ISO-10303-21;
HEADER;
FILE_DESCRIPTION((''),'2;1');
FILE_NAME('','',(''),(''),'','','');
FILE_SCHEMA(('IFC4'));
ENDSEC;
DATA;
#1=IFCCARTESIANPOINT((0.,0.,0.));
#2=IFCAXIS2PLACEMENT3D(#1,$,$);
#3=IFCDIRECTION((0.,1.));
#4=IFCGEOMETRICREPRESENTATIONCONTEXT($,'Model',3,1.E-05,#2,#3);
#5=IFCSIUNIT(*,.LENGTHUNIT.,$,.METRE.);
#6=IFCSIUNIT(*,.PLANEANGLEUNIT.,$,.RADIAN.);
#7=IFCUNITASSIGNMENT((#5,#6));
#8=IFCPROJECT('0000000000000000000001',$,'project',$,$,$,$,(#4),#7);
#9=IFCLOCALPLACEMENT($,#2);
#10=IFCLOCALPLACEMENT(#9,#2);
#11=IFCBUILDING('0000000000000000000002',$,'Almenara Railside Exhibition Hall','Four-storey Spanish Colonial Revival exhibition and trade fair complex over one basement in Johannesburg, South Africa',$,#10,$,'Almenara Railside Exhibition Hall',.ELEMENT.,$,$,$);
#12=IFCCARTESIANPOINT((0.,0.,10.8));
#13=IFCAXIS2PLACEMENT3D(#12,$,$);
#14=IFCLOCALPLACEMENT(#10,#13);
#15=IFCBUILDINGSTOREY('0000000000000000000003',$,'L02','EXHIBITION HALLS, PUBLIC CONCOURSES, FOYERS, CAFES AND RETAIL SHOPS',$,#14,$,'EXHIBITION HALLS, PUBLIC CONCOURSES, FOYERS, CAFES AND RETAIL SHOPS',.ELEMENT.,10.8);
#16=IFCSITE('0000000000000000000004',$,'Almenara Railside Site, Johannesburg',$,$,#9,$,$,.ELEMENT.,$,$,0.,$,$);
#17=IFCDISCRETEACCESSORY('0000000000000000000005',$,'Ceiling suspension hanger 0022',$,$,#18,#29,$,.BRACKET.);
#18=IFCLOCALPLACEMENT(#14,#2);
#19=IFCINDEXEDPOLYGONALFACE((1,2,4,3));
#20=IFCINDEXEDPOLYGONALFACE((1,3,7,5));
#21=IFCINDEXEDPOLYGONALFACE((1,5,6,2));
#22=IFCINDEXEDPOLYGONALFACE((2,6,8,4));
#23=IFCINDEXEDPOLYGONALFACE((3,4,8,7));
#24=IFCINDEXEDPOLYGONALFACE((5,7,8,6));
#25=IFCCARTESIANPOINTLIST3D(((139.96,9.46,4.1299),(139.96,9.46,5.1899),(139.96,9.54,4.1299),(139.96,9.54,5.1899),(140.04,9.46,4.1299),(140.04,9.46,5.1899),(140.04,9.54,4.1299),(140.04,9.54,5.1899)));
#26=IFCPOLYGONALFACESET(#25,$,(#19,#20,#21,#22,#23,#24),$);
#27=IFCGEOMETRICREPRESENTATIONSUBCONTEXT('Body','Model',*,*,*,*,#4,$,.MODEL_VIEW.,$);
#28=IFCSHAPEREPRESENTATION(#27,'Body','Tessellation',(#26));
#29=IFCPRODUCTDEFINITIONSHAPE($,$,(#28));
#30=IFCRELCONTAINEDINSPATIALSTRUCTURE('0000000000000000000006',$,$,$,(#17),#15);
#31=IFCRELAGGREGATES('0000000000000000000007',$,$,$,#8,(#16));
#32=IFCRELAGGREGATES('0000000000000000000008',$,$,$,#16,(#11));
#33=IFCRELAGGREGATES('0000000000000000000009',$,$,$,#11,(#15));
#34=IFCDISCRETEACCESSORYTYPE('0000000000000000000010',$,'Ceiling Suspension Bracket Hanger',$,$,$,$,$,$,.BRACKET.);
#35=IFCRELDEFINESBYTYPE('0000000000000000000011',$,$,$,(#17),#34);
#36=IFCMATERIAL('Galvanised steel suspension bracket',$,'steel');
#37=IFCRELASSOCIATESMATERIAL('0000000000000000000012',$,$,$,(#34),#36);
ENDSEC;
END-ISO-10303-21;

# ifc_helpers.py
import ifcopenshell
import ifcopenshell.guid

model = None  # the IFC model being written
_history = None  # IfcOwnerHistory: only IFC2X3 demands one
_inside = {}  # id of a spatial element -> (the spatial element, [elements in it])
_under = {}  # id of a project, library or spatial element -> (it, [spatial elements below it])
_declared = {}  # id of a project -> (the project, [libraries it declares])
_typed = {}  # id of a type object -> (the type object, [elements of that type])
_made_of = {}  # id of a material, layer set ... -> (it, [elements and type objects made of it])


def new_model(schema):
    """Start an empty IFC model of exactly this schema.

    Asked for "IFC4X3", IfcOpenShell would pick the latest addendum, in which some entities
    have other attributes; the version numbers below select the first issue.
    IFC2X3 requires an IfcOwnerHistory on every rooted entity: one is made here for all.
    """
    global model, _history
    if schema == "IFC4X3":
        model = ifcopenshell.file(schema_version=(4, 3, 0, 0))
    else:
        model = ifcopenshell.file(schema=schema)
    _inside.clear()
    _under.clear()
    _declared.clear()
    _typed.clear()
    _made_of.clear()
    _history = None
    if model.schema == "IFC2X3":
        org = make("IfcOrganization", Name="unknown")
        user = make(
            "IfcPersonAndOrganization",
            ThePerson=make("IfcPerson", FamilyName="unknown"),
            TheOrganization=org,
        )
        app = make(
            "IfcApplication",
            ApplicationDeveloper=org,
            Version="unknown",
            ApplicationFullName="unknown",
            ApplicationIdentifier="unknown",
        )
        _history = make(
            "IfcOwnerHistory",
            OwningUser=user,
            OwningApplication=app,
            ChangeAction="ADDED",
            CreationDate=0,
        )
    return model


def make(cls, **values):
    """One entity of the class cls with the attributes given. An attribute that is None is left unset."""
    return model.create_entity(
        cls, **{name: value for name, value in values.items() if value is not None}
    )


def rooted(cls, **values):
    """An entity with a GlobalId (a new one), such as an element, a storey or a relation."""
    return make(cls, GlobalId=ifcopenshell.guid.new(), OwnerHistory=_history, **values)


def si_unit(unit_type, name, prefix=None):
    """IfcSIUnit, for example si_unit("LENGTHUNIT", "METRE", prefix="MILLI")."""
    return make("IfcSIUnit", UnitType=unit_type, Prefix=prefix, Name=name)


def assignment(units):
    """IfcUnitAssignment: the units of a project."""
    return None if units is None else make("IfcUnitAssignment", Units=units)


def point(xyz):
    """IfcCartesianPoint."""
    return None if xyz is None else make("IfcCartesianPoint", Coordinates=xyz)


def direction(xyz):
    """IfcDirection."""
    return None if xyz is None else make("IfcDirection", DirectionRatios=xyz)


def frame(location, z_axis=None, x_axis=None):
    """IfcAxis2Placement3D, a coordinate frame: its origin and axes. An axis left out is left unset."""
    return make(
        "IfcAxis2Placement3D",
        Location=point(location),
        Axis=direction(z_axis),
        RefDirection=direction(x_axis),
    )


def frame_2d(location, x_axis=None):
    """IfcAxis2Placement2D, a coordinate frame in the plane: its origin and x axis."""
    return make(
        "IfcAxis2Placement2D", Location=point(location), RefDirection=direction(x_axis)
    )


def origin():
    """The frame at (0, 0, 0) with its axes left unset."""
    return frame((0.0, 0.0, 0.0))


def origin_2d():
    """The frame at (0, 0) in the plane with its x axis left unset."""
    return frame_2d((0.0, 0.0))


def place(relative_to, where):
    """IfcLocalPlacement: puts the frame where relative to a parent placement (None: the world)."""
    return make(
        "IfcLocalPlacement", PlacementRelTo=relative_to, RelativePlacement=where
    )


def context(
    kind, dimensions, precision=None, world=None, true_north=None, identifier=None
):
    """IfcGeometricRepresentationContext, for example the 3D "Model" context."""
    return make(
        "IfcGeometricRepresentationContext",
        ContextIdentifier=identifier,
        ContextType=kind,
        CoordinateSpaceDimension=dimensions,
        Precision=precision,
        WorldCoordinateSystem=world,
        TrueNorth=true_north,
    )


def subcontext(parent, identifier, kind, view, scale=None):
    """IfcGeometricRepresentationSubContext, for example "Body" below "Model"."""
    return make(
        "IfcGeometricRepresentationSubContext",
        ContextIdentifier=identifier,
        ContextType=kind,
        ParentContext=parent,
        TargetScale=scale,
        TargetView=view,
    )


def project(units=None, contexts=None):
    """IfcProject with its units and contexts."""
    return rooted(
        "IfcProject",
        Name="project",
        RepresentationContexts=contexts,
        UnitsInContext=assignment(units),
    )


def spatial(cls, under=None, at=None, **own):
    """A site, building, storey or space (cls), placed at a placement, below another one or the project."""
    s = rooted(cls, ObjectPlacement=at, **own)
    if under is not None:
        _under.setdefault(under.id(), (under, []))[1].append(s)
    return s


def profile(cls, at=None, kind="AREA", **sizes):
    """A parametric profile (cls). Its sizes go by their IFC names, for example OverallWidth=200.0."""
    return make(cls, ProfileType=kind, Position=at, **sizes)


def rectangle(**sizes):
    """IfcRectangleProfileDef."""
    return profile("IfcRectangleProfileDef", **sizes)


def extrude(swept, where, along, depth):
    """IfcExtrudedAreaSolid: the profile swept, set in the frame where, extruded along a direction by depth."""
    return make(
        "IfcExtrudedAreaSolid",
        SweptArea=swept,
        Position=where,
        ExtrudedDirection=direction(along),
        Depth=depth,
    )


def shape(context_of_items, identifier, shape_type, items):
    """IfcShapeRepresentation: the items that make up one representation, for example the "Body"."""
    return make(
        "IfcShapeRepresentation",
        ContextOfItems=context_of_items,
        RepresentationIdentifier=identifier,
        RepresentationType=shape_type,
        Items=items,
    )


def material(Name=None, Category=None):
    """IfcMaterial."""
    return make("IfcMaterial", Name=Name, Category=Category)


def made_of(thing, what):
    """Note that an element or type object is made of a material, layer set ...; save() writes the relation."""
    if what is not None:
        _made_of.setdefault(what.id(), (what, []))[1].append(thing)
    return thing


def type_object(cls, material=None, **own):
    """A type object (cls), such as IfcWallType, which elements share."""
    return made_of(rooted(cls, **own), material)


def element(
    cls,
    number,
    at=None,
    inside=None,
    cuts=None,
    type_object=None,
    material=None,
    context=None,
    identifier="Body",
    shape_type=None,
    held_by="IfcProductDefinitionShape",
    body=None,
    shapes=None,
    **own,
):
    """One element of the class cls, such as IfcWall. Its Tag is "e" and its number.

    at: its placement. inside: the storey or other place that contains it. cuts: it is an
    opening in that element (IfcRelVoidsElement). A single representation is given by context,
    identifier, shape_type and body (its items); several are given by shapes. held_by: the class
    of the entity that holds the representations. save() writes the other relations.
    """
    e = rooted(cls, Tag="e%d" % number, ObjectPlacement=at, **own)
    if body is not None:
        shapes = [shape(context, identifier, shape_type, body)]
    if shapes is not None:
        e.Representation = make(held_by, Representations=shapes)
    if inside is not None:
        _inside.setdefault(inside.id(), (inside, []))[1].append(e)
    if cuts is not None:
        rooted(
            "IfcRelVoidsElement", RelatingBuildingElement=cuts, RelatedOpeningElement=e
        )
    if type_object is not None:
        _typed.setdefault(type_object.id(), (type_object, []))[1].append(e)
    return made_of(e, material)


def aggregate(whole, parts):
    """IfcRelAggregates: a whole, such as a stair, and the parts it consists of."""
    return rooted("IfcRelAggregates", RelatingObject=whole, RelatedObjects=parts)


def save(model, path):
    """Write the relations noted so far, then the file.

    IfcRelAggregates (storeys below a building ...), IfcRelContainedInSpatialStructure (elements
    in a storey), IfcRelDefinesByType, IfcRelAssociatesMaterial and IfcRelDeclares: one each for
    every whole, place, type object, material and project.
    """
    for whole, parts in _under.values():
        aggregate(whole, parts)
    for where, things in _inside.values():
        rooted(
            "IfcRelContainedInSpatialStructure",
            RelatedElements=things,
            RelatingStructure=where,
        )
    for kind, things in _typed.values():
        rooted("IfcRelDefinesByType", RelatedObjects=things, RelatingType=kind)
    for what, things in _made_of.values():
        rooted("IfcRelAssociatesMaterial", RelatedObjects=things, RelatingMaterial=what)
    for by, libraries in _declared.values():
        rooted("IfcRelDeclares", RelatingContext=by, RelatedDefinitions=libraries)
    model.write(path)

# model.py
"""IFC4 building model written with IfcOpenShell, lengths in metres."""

from ifc_helpers import new_model, si_unit, direction, frame, origin, origin_2d, place, context, subcontext, project, spatial, rectangle, extrude, material, type_object, element, save


model = new_model("IFC4")

# Units and contexts
model_context = context("Model", 3, precision=1e-05, world=origin(), true_north=direction((0.0, 1.0)))
body_context = subcontext(model_context, "Body", "Model", "MODEL_VIEW")
ifc_project = project(units=[si_unit("LENGTHUNIT", "METRE"), si_unit("PLANEANGLEUNIT", "RADIAN")], contexts=[model_context])

# Site, building, storey
site_placement = place(None, origin())
site = spatial("IfcSite", under=ifc_project, at=site_placement, Name="Almenara Railside Site, Johannesburg", CompositionType="ELEMENT", RefElevation=0.0)
building_placement = place(site_placement, origin())
building = spatial("IfcBuilding", under=site, at=building_placement, Name="Almenara Railside Exhibition Hall", Description="Four-storey Spanish Colonial Revival exhibition and trade fair complex over one basement in Johannesburg, South Africa", LongName="Almenara Railside Exhibition Hall", CompositionType="ELEMENT")
storey_placement = place(building_placement, frame((0.0, 0.0, 10.8)))
storey = spatial("IfcBuildingStorey", under=building, at=storey_placement, Name="L02", Description="EXHIBITION HALLS, PUBLIC CONCOURSES, FOYERS, CAFES AND RETAIL SHOPS", LongName="EXHIBITION HALLS, PUBLIC CONCOURSES, FOYERS, CAFES AND RETAIL SHOPS", CompositionType="ELEMENT", Elevation=10.8)

# Discrete accessory
ifc_material_1 = material(Name="Galvanised steel suspension bracket", Category="steel")
discrete_accessory_type = type_object("IfcDiscreteAccessoryType", Name="Ceiling Suspension Bracket Hanger", PredefinedType="BRACKET", material=ifc_material_1)
for number, where, z_axis, x_axis, name in (
    (1, (140.0, 9.5, 4.1299), (0.0, 0.0, 1.0), (1.0, 0.0, 0.0), "Ceiling suspension hanger 0022"),
):
    element("IfcDiscreteAccessory", number, at=place(storey_placement, frame(where, z_axis=z_axis, x_axis=x_axis)), inside=storey, type_object=discrete_accessory_type, Name=name, PredefinedType="BRACKET", context=body_context, shape_type="SweptSolid", body=[
        extrude(rectangle(XDim=0.0801, YDim=0.0801, at=origin_2d()), origin(), (0.0, 0.0, 1.0), 1.0601),
    ])

save(model, "model.ifc")
